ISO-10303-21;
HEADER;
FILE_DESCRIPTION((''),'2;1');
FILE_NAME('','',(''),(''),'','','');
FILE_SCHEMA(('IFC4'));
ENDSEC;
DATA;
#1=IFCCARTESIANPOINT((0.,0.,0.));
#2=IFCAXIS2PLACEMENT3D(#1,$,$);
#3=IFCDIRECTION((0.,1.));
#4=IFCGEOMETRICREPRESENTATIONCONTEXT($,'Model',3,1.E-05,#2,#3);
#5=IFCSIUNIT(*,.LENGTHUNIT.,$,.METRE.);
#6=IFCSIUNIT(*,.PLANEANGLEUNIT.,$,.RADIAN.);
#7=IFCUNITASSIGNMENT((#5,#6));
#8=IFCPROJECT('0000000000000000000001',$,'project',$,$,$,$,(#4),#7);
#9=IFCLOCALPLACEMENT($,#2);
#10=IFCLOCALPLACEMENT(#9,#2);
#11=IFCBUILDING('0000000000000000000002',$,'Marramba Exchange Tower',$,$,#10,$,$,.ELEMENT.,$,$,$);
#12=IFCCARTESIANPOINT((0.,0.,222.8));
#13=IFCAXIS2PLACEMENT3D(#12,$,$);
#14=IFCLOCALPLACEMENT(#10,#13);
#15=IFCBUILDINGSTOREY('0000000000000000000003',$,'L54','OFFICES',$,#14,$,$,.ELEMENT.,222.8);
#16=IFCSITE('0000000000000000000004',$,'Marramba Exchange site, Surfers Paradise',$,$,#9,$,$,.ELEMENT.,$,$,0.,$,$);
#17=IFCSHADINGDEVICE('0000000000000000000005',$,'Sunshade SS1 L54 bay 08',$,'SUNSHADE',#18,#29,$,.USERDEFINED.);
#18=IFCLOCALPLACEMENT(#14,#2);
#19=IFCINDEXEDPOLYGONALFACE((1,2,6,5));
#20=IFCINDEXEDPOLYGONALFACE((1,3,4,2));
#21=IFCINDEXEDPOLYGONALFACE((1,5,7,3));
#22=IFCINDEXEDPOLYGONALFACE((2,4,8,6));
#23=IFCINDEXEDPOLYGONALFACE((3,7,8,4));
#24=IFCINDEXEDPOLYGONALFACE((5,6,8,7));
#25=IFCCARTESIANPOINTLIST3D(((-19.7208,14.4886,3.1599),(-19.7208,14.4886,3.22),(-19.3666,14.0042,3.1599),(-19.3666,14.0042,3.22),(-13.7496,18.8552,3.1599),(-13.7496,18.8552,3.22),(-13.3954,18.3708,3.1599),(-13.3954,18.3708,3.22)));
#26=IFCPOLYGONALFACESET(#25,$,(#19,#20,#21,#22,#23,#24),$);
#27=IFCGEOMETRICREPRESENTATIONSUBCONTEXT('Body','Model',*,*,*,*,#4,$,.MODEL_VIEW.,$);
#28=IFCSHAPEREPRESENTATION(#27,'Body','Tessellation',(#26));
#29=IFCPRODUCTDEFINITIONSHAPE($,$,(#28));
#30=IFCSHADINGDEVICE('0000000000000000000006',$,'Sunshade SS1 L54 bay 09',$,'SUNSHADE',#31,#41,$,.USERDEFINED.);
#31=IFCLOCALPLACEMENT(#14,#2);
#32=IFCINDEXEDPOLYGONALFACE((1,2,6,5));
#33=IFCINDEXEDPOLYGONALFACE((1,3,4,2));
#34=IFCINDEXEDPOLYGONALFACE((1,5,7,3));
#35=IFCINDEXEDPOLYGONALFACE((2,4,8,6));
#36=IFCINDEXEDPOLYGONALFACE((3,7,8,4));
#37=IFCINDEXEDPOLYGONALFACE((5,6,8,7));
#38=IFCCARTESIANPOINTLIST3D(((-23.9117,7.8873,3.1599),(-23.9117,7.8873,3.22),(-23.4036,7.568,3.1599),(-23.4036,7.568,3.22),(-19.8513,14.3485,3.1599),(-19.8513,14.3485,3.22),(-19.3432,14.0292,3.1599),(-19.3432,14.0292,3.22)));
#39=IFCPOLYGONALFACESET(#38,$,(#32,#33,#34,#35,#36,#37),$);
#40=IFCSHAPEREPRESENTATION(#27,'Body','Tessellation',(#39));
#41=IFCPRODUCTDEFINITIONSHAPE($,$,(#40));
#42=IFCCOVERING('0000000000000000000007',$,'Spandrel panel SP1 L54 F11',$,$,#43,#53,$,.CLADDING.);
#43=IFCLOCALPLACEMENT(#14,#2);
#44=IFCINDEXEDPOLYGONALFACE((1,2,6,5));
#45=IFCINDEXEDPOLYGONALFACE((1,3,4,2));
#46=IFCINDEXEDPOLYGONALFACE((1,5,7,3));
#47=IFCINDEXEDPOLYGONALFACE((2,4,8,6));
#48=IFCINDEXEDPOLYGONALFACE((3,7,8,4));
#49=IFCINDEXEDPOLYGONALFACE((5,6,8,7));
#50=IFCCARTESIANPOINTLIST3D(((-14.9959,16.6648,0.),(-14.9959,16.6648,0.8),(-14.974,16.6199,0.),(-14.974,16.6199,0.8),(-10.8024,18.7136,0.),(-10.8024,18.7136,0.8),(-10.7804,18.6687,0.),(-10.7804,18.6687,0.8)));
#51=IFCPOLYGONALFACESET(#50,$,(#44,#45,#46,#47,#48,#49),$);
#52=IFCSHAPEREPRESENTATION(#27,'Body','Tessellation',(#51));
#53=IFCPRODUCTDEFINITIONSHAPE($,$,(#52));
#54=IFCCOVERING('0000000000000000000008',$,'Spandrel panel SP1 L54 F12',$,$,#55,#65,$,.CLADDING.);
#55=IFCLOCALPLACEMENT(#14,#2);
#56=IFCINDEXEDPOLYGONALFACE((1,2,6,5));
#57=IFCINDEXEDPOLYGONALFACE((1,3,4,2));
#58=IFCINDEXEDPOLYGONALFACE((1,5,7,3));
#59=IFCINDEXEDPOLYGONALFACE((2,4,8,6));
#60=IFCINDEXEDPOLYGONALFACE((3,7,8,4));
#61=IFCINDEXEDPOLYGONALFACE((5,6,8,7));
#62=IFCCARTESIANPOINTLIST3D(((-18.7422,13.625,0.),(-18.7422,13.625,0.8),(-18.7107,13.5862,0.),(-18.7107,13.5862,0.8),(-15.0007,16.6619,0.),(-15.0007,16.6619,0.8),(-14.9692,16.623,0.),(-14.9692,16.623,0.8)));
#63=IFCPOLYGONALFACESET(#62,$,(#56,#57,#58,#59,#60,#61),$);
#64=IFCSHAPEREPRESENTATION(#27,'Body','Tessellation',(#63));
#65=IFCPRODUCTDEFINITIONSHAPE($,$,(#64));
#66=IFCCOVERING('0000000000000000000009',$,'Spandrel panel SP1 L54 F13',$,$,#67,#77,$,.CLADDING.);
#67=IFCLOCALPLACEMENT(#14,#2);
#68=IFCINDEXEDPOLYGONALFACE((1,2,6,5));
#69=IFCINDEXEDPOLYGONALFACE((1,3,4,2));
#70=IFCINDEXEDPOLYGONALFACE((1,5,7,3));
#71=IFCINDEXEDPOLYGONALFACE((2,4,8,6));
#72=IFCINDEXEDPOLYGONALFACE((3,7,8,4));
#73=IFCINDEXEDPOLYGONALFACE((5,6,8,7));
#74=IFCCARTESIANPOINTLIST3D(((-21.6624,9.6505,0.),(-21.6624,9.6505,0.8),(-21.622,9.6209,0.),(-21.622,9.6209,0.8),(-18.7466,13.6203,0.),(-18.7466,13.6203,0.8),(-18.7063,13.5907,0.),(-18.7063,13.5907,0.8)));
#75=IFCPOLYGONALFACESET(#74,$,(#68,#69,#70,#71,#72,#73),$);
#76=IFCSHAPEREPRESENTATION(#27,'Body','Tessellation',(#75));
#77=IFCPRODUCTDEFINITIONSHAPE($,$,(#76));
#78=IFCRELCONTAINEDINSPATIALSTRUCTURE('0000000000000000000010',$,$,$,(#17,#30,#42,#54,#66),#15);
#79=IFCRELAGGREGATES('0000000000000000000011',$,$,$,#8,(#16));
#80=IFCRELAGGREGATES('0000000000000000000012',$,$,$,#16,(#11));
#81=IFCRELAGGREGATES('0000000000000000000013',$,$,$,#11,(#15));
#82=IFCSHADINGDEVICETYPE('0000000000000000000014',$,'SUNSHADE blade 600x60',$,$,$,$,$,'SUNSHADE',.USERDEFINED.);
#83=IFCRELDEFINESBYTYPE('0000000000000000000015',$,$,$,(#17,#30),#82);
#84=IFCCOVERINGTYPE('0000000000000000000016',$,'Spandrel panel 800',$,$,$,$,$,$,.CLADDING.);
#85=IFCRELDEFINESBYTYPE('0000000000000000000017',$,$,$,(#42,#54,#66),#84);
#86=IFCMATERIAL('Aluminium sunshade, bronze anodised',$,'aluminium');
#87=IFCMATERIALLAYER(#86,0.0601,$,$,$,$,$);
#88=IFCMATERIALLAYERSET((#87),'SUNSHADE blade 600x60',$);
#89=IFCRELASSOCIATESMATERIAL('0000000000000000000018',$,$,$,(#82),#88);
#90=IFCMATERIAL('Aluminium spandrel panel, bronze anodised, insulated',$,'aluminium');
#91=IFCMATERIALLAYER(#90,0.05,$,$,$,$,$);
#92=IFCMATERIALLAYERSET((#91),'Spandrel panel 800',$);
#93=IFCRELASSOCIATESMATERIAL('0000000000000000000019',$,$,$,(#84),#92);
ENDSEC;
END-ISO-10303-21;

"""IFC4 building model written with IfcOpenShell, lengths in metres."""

from ifc_helpers import new_model, si_unit, direction, frame, origin, origin_2d, place, context, subcontext, project, spatial, rectangle, extrude, material, layer, layer_set, type_object, element, save


model = new_model("IFC4")

# Units and contexts
model_context = context("Model", 3, precision=1e-05, world=origin(), true_north=direction((0.0, 1.0)))
body_context = subcontext(model_context, "Body", "Model", "MODEL_VIEW")
ifc_project = project(units=[si_unit("LENGTHUNIT", "METRE"), si_unit("PLANEANGLEUNIT", "RADIAN")], contexts=[model_context])

# Site, building, storey
site_placement = place(None, origin())
site = spatial("IfcSite", under=ifc_project, at=site_placement, Name="Marramba Exchange site, Surfers Paradise", CompositionType="ELEMENT", RefElevation=0.0)
building_placement = place(site_placement, origin())
building = spatial("IfcBuilding", under=site, at=building_placement, Name="Marramba Exchange Tower", CompositionType="ELEMENT")
storey_placement = place(building_placement, frame((0.0, 0.0, 222.8)))
storey = spatial("IfcBuildingStorey", under=building, at=storey_placement, Name="L54", Description="OFFICES", CompositionType="ELEMENT", Elevation=222.8)

# Shading devices
ifc_material_1 = material(Name="Aluminium sunshade, bronze anodised", Category="aluminium")
ifc_layer_1 = layer(ifc_material_1, 0.0601)
ifc_layer_set_1 = layer_set([ifc_layer_1], Name="SUNSHADE blade 600x60")
shading_device_type_1 = type_object("IfcShadingDeviceType", Name="SUNSHADE blade 600x60", ElementType="SUNSHADE", PredefinedType="USERDEFINED", material=ifc_layer_set_1)
shading_device_1_placement = place(storey_placement, frame((-16.5581, 16.4297, 3.1599), z_axis=(0.0, 0.0, 1.0), x_axis=(-0.807194, -0.590286, 0.0)))
element("IfcShadingDevice", 1, at=shading_device_1_placement, inside=storey, type_object=shading_device_type_1, Name="Sunshade SS1 L54 bay 08", ObjectType="SUNSHADE", PredefinedType="USERDEFINED", context=body_context, shape_type="SweptSolid", body=[
    extrude(rectangle(XDim=7.3975, YDim=0.6001, at=origin_2d()), origin(), (0.0, 0.0, 1.0), 0.0601),
])
shading_device_2_placement = place(storey_placement, frame((-21.6274, 10.9583, 3.1599), z_axis=(0.0, 0.0, 1.0), x_axis=(-0.532082, -0.846693, 0.0)))
element("IfcShadingDevice", 2, at=shading_device_2_placement, inside=storey, type_object=shading_device_type_1, Name="Sunshade SS1 L54 bay 09", ObjectType="SUNSHADE", PredefinedType="USERDEFINED", context=body_context, shape_type="SweptSolid", body=[
    extrude(rectangle(XDim=7.6311, YDim=0.6001, at=origin_2d()), origin(), (0.0, 0.0, 1.0), 0.0601),
])

# Coverings
ifc_material_2 = material(Name="Aluminium spandrel panel, bronze anodised, insulated", Category="aluminium")
ifc_layer_2 = layer(ifc_material_2, 0.05)
ifc_layer_set_2 = layer_set([ifc_layer_2], Name="Spandrel panel 800")
covering_type = type_object("IfcCoveringType", Name="Spandrel panel 800", PredefinedType="CLADDING", material=ifc_layer_set_2)
covering_1_placement = place(storey_placement, frame((-12.8882, 17.6667, 0.0), z_axis=(0.0, 0.0, 1.0), x_axis=(-0.898501, -0.438972, 0.0)))
element("IfcCovering", 3, at=covering_1_placement, inside=storey, type_object=covering_type, Name="Spandrel panel SP1 L54 F11", PredefinedType="CLADDING", context=body_context, shape_type="SweptSolid", body=[
    extrude(rectangle(XDim=4.6672, YDim=0.05, at=origin_2d()), origin(), (0.0, 0.0, 1.0), 0.8),
])
covering_2_placement = place(storey_placement, frame((-16.8557, 15.124, 0.0), z_axis=(0.0, 0.0, 1.0), x_axis=(-0.776432, -0.630201, 0.0)))
element("IfcCovering", 4, at=covering_2_placement, inside=storey, type_object=covering_type, Name="Spandrel panel SP1 L54 F12", PredefinedType="CLADDING", context=body_context, shape_type="SweptSolid", body=[
    extrude(rectangle(XDim=4.8188, YDim=0.05, at=origin_2d()), origin(), (0.0, 0.0, 1.0), 0.8),
])
covering_3_placement = place(storey_placement, frame((-20.1843, 11.6206, 0.0), z_axis=(0.0, 0.0, 1.0), x_axis=(-0.591963, -0.805965, 0.0)))
element("IfcCovering", 5, at=covering_3_placement, inside=storey, type_object=covering_type, Name="Spandrel panel SP1 L54 F13", PredefinedType="CLADDING", context=body_context, shape_type="SweptSolid", body=[
    extrude(rectangle(XDim=4.9255, YDim=0.05, at=origin_2d()), origin(), (0.0, 0.0, 1.0), 0.8),
])

save(model, "model.ifc")
